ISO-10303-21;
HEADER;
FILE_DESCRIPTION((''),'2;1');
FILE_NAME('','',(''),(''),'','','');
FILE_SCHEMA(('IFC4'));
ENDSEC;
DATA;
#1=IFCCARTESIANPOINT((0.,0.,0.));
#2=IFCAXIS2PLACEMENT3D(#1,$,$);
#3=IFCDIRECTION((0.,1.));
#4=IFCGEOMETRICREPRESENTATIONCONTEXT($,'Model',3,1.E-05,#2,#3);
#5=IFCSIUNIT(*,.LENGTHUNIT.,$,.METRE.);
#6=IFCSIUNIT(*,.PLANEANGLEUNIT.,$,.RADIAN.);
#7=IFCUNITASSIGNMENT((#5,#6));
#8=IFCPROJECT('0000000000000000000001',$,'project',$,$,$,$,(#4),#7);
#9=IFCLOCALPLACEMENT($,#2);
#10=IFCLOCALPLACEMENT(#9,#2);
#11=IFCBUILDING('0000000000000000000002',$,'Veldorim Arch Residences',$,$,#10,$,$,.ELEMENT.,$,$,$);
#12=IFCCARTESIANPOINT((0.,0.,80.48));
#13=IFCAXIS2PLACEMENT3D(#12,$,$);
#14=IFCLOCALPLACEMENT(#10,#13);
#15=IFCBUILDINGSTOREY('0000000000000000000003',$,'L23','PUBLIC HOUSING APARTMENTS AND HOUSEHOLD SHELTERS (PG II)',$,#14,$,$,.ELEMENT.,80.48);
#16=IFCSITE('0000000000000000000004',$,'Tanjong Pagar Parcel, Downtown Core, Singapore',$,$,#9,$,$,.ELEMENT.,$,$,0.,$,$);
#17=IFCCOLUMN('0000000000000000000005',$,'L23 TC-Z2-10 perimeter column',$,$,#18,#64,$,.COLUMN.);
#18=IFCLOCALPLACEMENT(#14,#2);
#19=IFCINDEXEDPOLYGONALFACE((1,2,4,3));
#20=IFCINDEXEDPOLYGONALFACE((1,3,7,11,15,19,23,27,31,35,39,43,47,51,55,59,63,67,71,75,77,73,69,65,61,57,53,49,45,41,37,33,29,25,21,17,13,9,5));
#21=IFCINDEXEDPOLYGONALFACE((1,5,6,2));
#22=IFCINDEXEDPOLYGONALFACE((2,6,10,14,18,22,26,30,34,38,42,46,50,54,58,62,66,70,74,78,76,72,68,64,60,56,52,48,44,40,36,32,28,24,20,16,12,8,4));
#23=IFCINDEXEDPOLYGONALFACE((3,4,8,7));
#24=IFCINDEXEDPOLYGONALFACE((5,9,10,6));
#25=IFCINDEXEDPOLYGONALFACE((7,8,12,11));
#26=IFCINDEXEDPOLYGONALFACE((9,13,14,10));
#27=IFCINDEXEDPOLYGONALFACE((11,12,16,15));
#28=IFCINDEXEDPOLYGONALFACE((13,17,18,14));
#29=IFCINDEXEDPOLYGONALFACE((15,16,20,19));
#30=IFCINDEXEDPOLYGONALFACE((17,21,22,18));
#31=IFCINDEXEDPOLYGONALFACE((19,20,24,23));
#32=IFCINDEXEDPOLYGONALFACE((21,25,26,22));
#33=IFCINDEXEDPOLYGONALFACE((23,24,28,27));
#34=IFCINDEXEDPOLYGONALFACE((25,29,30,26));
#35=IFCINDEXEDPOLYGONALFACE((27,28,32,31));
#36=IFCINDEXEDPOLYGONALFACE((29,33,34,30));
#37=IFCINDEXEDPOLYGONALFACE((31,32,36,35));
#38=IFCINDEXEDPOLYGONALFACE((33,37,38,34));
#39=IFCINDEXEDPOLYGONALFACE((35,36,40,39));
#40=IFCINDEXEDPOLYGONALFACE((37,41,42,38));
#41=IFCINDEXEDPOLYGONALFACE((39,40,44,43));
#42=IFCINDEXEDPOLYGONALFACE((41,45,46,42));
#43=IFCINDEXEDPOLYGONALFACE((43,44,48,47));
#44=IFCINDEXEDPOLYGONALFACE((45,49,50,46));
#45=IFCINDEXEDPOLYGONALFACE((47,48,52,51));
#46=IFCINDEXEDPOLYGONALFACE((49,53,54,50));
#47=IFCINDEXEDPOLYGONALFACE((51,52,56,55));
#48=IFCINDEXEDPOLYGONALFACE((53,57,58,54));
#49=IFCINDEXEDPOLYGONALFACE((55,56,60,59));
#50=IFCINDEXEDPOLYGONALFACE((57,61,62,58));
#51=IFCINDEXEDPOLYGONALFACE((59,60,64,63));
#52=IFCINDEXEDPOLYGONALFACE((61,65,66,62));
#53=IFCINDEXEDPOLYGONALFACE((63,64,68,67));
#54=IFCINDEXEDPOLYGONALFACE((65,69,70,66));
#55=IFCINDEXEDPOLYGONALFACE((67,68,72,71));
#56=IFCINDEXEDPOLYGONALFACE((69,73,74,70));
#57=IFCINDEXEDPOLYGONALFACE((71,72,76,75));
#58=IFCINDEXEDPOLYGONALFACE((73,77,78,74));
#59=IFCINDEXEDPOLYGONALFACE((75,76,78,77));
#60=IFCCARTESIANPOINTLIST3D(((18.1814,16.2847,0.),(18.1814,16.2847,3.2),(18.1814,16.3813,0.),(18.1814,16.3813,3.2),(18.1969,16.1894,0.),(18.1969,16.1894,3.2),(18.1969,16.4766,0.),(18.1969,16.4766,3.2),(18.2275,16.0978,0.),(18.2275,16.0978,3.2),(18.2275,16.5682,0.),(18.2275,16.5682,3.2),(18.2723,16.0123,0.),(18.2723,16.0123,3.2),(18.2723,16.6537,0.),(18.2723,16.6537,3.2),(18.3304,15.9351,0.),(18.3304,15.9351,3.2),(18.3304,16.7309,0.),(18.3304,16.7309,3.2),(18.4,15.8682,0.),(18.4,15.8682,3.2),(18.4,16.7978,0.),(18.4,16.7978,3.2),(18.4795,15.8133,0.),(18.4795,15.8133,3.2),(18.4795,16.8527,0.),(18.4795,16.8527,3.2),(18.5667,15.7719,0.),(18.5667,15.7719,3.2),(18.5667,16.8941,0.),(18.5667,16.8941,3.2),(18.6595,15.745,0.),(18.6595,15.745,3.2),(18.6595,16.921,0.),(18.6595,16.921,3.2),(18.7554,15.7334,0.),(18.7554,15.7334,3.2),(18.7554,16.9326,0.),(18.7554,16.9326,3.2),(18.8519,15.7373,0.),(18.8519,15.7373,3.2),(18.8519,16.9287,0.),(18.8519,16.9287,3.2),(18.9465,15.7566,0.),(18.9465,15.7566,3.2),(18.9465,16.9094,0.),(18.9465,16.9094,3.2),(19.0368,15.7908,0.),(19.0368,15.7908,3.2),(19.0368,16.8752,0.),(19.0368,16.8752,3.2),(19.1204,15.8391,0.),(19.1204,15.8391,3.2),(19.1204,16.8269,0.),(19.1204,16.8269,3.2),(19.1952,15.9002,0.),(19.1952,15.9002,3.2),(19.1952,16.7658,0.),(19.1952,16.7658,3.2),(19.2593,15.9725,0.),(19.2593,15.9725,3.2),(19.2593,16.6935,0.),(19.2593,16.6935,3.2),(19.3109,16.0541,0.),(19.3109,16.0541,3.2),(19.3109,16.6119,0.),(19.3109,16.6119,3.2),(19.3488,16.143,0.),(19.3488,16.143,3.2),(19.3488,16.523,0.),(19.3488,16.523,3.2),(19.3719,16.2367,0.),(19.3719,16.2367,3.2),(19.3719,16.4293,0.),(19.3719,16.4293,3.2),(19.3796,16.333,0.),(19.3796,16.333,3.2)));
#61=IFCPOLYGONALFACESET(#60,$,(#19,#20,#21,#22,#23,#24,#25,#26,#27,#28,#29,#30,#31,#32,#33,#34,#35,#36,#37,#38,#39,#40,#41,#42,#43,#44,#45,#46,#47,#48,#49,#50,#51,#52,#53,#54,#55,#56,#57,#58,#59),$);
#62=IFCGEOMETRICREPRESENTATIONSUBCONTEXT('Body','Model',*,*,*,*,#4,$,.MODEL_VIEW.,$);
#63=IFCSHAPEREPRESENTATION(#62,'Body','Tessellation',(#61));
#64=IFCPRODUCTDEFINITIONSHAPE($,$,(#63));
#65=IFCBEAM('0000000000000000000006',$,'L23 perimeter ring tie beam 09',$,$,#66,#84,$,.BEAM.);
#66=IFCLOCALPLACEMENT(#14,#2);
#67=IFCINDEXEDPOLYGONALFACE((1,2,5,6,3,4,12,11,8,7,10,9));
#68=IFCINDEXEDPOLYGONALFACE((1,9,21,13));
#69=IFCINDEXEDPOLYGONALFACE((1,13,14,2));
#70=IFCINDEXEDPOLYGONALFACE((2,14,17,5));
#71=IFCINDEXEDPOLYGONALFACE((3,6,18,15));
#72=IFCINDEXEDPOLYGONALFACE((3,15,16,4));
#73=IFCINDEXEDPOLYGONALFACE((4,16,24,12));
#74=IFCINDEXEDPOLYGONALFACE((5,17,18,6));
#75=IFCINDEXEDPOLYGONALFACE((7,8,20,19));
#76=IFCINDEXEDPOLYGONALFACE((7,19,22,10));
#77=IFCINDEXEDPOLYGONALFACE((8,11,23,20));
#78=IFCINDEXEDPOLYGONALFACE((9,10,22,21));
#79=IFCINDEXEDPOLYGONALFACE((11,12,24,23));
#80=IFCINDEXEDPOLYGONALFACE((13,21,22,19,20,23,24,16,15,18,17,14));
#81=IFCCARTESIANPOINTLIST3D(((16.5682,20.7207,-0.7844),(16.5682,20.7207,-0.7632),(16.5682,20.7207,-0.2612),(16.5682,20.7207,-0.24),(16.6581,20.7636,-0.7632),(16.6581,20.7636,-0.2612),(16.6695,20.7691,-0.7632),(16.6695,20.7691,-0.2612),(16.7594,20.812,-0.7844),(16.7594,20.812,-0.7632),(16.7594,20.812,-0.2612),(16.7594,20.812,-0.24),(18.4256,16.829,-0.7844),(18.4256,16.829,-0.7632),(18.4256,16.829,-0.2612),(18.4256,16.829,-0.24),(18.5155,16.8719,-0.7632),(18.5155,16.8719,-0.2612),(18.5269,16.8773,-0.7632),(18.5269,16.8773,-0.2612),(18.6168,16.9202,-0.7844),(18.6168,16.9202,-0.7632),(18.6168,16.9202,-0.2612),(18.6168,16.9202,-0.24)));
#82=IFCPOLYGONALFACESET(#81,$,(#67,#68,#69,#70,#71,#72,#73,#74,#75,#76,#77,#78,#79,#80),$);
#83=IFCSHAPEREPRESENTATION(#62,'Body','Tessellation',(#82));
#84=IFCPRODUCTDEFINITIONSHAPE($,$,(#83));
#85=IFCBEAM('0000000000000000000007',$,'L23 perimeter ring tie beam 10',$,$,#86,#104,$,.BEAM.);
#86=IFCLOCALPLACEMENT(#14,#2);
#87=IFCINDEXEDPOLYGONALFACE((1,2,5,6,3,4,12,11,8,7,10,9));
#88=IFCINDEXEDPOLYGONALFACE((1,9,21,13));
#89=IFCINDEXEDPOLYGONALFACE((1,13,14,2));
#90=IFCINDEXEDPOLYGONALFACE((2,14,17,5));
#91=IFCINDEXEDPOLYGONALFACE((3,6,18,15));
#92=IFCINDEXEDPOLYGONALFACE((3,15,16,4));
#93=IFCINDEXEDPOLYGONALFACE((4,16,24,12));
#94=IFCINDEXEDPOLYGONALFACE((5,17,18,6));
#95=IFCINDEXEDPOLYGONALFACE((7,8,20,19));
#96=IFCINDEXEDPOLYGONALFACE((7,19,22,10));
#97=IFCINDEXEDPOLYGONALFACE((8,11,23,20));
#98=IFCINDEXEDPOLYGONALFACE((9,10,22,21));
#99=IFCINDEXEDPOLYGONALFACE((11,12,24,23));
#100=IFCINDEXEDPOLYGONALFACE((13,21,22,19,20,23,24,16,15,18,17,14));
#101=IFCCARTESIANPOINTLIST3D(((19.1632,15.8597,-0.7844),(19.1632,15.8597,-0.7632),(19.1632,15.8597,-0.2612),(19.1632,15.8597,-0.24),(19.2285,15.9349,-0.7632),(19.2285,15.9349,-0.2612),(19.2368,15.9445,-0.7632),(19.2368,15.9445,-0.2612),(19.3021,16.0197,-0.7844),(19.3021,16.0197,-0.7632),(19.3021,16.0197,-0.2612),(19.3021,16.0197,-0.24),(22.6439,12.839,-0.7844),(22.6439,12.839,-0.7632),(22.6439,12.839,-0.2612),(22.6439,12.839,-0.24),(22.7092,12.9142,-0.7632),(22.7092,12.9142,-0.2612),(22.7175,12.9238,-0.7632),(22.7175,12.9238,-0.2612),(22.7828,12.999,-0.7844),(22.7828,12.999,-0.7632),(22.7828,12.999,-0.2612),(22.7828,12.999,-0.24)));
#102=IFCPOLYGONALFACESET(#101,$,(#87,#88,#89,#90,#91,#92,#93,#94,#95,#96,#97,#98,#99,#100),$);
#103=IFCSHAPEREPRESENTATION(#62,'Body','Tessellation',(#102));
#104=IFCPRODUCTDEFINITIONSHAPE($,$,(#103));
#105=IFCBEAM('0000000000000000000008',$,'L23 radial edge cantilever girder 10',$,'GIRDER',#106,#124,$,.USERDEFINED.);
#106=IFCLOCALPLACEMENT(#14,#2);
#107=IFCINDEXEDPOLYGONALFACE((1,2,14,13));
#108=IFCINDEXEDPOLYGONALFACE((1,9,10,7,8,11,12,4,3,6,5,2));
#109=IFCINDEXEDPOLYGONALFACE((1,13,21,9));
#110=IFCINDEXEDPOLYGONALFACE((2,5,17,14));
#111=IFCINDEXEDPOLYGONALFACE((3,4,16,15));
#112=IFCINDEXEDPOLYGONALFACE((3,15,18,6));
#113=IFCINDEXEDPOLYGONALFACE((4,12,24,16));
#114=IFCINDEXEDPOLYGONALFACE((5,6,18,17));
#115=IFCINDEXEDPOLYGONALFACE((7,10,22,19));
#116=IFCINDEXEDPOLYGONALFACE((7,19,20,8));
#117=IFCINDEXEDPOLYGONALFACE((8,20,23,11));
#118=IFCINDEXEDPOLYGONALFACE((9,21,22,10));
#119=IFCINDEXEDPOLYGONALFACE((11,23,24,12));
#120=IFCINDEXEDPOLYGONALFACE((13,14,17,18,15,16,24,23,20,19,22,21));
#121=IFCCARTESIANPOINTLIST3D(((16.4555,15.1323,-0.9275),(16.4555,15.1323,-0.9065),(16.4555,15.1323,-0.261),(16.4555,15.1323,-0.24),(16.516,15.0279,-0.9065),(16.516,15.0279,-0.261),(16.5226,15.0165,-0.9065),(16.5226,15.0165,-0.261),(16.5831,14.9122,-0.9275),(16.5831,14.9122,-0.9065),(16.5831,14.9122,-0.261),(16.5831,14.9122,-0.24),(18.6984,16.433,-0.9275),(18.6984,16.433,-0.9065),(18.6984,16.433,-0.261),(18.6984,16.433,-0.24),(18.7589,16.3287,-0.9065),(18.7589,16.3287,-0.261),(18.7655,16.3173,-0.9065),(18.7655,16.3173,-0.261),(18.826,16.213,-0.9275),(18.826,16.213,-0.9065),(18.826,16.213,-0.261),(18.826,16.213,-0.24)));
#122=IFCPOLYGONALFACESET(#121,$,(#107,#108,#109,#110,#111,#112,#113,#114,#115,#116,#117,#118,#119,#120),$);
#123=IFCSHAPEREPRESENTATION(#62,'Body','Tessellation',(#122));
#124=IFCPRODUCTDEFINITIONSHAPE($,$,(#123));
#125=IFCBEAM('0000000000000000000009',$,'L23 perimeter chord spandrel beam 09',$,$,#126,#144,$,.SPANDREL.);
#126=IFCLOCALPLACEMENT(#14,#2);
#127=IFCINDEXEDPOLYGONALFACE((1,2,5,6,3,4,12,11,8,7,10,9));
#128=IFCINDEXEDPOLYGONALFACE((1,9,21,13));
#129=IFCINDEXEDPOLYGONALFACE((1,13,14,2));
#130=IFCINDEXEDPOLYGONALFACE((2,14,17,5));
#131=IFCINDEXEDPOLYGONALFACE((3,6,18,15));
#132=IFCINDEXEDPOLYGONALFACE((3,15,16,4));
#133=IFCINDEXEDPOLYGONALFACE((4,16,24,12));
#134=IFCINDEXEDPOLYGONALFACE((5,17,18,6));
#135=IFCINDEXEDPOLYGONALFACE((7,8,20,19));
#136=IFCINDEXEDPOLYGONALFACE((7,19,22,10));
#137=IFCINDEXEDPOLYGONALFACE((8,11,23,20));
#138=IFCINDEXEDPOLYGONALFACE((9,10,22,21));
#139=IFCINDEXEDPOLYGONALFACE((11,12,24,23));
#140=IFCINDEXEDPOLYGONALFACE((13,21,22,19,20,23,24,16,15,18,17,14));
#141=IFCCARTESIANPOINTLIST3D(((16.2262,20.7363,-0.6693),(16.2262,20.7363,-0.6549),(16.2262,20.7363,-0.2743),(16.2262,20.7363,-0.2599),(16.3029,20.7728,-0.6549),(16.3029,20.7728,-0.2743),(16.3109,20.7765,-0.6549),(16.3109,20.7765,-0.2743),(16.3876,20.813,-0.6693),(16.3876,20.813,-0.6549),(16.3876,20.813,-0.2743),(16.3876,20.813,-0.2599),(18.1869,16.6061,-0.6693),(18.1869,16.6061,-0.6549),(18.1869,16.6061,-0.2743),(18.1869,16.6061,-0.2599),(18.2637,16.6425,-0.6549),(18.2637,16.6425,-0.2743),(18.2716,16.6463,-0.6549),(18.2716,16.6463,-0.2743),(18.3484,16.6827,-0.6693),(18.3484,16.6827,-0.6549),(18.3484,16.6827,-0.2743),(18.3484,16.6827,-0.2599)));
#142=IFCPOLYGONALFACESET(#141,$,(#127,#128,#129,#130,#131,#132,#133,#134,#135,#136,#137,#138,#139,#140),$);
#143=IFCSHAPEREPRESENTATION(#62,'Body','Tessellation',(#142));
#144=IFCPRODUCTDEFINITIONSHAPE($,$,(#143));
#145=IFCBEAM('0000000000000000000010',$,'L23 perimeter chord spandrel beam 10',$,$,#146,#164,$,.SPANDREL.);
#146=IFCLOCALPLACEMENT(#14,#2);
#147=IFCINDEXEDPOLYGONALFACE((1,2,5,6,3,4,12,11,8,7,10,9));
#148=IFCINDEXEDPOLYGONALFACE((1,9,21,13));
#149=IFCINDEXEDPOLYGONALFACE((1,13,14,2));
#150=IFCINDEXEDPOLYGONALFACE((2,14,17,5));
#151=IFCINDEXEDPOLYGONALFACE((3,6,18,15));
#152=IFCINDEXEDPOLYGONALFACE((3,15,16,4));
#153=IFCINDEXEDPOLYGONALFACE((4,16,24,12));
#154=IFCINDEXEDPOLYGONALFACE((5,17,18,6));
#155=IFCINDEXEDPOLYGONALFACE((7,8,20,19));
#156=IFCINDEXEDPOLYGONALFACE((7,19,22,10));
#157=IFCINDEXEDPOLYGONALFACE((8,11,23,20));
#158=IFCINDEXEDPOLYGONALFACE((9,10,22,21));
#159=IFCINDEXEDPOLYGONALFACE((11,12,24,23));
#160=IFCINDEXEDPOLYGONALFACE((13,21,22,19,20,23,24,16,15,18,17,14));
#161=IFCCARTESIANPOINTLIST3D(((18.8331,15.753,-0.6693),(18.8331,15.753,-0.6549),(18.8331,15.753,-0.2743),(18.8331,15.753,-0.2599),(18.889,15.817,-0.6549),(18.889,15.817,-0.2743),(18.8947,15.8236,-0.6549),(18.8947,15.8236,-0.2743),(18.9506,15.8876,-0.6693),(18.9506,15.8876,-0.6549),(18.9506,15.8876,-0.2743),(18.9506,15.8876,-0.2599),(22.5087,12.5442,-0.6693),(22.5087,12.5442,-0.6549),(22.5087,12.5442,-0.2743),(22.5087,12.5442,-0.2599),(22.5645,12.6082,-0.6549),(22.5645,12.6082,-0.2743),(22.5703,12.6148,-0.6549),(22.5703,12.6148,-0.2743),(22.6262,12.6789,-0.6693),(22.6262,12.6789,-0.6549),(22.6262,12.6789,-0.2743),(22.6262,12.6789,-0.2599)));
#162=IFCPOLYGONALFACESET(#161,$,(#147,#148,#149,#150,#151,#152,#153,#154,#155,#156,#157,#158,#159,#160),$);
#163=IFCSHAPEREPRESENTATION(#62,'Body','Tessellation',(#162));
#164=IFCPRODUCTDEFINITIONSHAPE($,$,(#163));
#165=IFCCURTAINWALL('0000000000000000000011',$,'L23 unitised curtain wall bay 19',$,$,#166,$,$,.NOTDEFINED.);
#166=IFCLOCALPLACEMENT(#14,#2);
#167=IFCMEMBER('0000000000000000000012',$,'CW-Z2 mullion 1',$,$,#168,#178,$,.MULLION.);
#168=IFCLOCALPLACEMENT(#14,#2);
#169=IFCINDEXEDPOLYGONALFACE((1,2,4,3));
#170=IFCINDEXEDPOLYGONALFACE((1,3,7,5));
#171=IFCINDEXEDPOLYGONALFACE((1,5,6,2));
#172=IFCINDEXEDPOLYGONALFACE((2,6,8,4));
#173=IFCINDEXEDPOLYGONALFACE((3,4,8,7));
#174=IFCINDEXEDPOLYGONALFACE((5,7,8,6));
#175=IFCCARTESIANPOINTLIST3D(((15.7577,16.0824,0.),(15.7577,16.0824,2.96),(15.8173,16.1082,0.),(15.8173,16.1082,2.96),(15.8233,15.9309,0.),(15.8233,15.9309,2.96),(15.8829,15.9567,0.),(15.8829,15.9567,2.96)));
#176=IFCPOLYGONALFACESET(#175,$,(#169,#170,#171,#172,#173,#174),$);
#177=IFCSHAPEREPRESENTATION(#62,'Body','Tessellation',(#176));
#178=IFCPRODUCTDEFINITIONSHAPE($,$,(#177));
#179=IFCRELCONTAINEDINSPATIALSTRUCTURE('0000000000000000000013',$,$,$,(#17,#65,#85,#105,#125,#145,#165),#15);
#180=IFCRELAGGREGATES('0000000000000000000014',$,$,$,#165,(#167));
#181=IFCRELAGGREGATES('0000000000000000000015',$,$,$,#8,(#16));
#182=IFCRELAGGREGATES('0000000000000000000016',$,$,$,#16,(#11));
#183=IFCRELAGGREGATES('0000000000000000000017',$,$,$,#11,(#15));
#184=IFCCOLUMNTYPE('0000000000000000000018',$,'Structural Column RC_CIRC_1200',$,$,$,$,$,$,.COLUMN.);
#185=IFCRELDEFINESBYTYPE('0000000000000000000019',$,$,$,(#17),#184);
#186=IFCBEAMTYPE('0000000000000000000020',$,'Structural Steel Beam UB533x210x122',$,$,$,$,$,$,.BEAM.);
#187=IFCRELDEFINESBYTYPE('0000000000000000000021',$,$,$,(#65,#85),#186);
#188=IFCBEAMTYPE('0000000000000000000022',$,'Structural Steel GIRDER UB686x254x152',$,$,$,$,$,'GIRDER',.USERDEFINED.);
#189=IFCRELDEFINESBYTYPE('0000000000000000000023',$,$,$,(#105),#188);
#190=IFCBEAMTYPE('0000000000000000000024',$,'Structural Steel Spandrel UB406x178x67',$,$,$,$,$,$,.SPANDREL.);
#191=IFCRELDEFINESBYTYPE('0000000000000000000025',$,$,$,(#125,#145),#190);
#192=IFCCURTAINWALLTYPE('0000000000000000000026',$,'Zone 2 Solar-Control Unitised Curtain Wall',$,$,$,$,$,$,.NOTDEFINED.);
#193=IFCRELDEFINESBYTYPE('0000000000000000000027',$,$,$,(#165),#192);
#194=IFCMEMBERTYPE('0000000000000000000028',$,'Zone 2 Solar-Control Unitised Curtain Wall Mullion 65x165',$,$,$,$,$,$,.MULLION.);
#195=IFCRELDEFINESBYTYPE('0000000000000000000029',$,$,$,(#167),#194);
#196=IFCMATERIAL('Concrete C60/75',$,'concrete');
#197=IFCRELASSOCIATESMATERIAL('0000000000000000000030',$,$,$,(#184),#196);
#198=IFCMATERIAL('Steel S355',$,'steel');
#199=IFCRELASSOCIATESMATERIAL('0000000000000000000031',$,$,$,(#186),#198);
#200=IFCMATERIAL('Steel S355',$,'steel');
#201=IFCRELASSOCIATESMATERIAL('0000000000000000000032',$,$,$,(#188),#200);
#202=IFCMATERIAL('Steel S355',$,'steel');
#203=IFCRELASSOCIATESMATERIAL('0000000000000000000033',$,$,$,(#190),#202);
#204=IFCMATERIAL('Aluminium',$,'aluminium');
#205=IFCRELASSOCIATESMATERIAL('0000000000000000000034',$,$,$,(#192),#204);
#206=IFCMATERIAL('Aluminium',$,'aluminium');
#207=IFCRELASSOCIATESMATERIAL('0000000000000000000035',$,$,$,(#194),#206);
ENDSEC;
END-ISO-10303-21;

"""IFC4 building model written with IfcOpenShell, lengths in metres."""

from ifc_helpers import new_model, si_unit, direction, frame, origin, origin_2d, place, context, subcontext, project, spatial, rectangle, circle, i_section, extrude, material, material_profile, profile_set, type_object, element, aggregate, save


model = new_model("IFC4")

# Units and contexts
model_context = context("Model", 3, precision=1e-05, world=origin(), true_north=direction((0.0, 1.0)))
body_context = subcontext(model_context, "Body", "Model", "MODEL_VIEW")
ifc_project = project(units=[si_unit("LENGTHUNIT", "METRE"), si_unit("PLANEANGLEUNIT", "RADIAN")], contexts=[model_context])

# Site, building, storey
site_placement = place(None, origin())
site = spatial("IfcSite", under=ifc_project, at=site_placement, Name="Tanjong Pagar Parcel, Downtown Core, Singapore", CompositionType="ELEMENT", RefElevation=0.0)
building_placement = place(site_placement, origin())
building = spatial("IfcBuilding", under=site, at=building_placement, Name="Veldorim Arch Residences", CompositionType="ELEMENT")
storey_placement = place(building_placement, frame((0.0, 0.0, 80.48)))
storey = spatial("IfcBuildingStorey", under=building, at=storey_placement, Name="L23", Description="PUBLIC HOUSING APARTMENTS AND HOUSEHOLD SHELTERS (PG II)", CompositionType="ELEMENT", Elevation=80.48)

# Column
ifc_material_1 = material(Name="Concrete C60/75", Category="concrete")
ifc_material_profile_1 = material_profile(ifc_material_1, circle(Radius=0.6001, at=origin_2d()), Name="RC_CIRC_1200")
ifc_profile_set_1 = profile_set([ifc_material_profile_1], Name="Concrete C60/75")
column_type = type_object("IfcColumnType", Name="Structural Column RC_CIRC_1200", PredefinedType="COLUMN", material=ifc_profile_set_1)
column_placement = place(storey_placement, frame((18.7795, 16.333, 0.0), z_axis=(0.0, 0.0, 1.0), x_axis=(1.0, 0.0, 0.0)))
element("IfcColumn", 1, at=column_placement, inside=storey, type_object=column_type, Name="L23 TC-Z2-10 perimeter column", PredefinedType="COLUMN", context=body_context, shape_type="SweptSolid", body=[
    extrude(circle(Radius=0.6001, at=origin_2d()), origin(), (0.0, 0.0, 1.0), 3.2),
])

# Beams
ifc_material_2 = material(Name="Steel S355", Category="steel")
ifc_material_profile_2 = material_profile(ifc_material_2, i_section(OverallWidth=0.2119, OverallDepth=0.5444, WebThickness=0.0127, FlangeThickness=0.0212, at=origin_2d()), Name="UB533x210x122")
ifc_profile_set_2 = profile_set([ifc_material_profile_2], Name="Steel S355")
beam_type_1 = type_object("IfcBeamType", Name="Structural Steel Beam UB533x210x122", PredefinedType="BEAM", material=ifc_profile_set_2)
beam_1_placement = place(storey_placement, frame((16.6638, 20.7664, -0.5122), z_axis=(0.43072, -0.902486, 0.0), x_axis=(0.902486, 0.43072, 0.0)))
element("IfcBeam", 2, at=beam_1_placement, inside=storey, type_object=beam_type_1, Name="L23 perimeter ring tie beam 09", PredefinedType="BEAM", context=body_context, shape_type="SweptSolid", body=[
    extrude(i_section(OverallWidth=0.2119, OverallDepth=0.5444, WebThickness=0.0127, FlangeThickness=0.0212, at=origin_2d()), origin(), (0.0, 0.0, 1.0), 4.3123),
])
beam_2_placement = place(storey_placement, frame((19.2327, 15.9397, -0.5122), z_axis=(0.755245, -0.655443, 0.0), x_axis=(0.655443, 0.755245, 0.0)))
element("IfcBeam", 3, at=beam_2_placement, inside=storey, type_object=beam_type_1, Name="L23 perimeter ring tie beam 10", PredefinedType="BEAM", context=body_context, shape_type="SweptSolid", body=[
    extrude(i_section(OverallWidth=0.2119, OverallDepth=0.5444, WebThickness=0.0127, FlangeThickness=0.0212, at=origin_2d()), origin(), (0.0, 0.0, 1.0), 4.6086),
])
ifc_material_3 = material(Name="Steel S355", Category="steel")
ifc_material_profile_3 = material_profile(ifc_material_3, i_section(OverallWidth=0.2544, OverallDepth=0.6875, WebThickness=0.0132, FlangeThickness=0.021, at=origin_2d()), Name="UB686x254x152")
ifc_profile_set_3 = profile_set([ifc_material_profile_3], Name="Steel S355")
beam_type_2 = type_object("IfcBeamType", Name="Structural Steel GIRDER UB686x254x152", ElementType="GIRDER", PredefinedType="USERDEFINED", material=ifc_profile_set_3)
beam_3_placement = place(storey_placement, frame((18.7622, 16.323, -0.5837), z_axis=(-0.86505, -0.501686, 0.0), x_axis=(0.501686, -0.86505, 0.0)))
element("IfcBeam", 4, at=beam_3_placement, inside=storey, type_object=beam_type_2, Name="L23 radial edge cantilever girder 10", ObjectType="GIRDER", PredefinedType="USERDEFINED", context=body_context, shape_type="SweptSolid", body=[
    extrude(i_section(OverallWidth=0.2544, OverallDepth=0.6875, WebThickness=0.0132, FlangeThickness=0.021, at=origin_2d()), origin(), (0.0, 0.0, 1.0), 2.5928),
])
ifc_material_4 = material(Name="Steel S355", Category="steel")
ifc_material_profile_4 = material_profile(ifc_material_4, i_section(OverallWidth=0.1787, OverallDepth=0.4094, WebThickness=0.0088, FlangeThickness=0.0144, at=origin_2d()), Name="UB406x178x67")
ifc_profile_set_4 = profile_set([ifc_material_profile_4], Name="Steel S355")
beam_type_3 = type_object("IfcBeamType", Name="Structural Steel Spandrel UB406x178x67", PredefinedType="SPANDREL", material=ifc_profile_set_4)
beam_4_placement = place(storey_placement, frame((16.3069, 20.7747, -0.4646), z_axis=(0.428857, -0.903372, 0.0), x_axis=(0.903372, 0.428857, 0.0)))
element("IfcBeam", 5, at=beam_4_placement, inside=storey, type_object=beam_type_3, Name="L23 perimeter chord spandrel beam 09", PredefinedType="SPANDREL", context=body_context, shape_type="SweptSolid", body=[
    extrude(i_section(OverallWidth=0.1787, OverallDepth=0.4094, WebThickness=0.0088, FlangeThickness=0.0144, at=origin_2d()), origin(), (0.0, 0.0, 1.0), 4.572),
])
beam_5_placement = place(storey_placement, frame((18.8918, 15.8203, -0.4646), z_axis=(0.753323, -0.65765, 0.0), x_axis=(0.65765, 0.753323, 0.0)))
element("IfcBeam", 6, at=beam_5_placement, inside=storey, type_object=beam_type_3, Name="L23 perimeter chord spandrel beam 10", PredefinedType="SPANDREL", context=body_context, shape_type="SweptSolid", body=[
    extrude(i_section(OverallWidth=0.1787, OverallDepth=0.4094, WebThickness=0.0088, FlangeThickness=0.0144, at=origin_2d()), origin(), (0.0, 0.0, 1.0), 4.8792),
])

# Curtain wall, member
ifc_material_5 = material(Name="Aluminium", Category="aluminium")
curtain_wall_type = type_object("IfcCurtainWallType", Name="Zone 2 Solar-Control Unitised Curtain Wall", PredefinedType="NOTDEFINED", material=ifc_material_5)
curtain_wall_1_placement = place(storey_placement, origin())
curtain_wall_1 = element("IfcCurtainWall", 7, at=curtain_wall_1_placement, inside=storey, type_object=curtain_wall_type, Name="L23 unitised curtain wall bay 19", PredefinedType="NOTDEFINED")
ifc_material_6 = material(Name="Aluminium", Category="aluminium")
ifc_material_profile_5 = material_profile(ifc_material_6, rectangle(XDim=0.0649, YDim=0.165, at=origin_2d()), Name="ALU_MUL_65x165")
ifc_profile_set_5 = profile_set([ifc_material_profile_5], Name="Aluminium")
member_type_1 = type_object("IfcMemberType", Name="Zone 2 Solar-Control Unitised Curtain Wall Mullion 65x165", PredefinedType="MULLION", material=ifc_profile_set_5)
member_1_placement = place(storey_placement, frame((15.8203, 16.0195, 0.0), z_axis=(0.0, 0.0, 1.0), x_axis=(-0.917797, -0.397051, 0.0)))
member_1 = element("IfcMember", 8, at=member_1_placement, type_object=member_type_1, Name="CW-Z2 mullion 1", PredefinedType="MULLION", context=body_context, shape_type="SweptSolid", body=[
    extrude(rectangle(XDim=0.0649, YDim=0.165, at=origin_2d()), origin(), (0.0, 0.0, 1.0), 2.96),
])

aggregate(curtain_wall_1, [member_1])

save(model, "model.ifc")
